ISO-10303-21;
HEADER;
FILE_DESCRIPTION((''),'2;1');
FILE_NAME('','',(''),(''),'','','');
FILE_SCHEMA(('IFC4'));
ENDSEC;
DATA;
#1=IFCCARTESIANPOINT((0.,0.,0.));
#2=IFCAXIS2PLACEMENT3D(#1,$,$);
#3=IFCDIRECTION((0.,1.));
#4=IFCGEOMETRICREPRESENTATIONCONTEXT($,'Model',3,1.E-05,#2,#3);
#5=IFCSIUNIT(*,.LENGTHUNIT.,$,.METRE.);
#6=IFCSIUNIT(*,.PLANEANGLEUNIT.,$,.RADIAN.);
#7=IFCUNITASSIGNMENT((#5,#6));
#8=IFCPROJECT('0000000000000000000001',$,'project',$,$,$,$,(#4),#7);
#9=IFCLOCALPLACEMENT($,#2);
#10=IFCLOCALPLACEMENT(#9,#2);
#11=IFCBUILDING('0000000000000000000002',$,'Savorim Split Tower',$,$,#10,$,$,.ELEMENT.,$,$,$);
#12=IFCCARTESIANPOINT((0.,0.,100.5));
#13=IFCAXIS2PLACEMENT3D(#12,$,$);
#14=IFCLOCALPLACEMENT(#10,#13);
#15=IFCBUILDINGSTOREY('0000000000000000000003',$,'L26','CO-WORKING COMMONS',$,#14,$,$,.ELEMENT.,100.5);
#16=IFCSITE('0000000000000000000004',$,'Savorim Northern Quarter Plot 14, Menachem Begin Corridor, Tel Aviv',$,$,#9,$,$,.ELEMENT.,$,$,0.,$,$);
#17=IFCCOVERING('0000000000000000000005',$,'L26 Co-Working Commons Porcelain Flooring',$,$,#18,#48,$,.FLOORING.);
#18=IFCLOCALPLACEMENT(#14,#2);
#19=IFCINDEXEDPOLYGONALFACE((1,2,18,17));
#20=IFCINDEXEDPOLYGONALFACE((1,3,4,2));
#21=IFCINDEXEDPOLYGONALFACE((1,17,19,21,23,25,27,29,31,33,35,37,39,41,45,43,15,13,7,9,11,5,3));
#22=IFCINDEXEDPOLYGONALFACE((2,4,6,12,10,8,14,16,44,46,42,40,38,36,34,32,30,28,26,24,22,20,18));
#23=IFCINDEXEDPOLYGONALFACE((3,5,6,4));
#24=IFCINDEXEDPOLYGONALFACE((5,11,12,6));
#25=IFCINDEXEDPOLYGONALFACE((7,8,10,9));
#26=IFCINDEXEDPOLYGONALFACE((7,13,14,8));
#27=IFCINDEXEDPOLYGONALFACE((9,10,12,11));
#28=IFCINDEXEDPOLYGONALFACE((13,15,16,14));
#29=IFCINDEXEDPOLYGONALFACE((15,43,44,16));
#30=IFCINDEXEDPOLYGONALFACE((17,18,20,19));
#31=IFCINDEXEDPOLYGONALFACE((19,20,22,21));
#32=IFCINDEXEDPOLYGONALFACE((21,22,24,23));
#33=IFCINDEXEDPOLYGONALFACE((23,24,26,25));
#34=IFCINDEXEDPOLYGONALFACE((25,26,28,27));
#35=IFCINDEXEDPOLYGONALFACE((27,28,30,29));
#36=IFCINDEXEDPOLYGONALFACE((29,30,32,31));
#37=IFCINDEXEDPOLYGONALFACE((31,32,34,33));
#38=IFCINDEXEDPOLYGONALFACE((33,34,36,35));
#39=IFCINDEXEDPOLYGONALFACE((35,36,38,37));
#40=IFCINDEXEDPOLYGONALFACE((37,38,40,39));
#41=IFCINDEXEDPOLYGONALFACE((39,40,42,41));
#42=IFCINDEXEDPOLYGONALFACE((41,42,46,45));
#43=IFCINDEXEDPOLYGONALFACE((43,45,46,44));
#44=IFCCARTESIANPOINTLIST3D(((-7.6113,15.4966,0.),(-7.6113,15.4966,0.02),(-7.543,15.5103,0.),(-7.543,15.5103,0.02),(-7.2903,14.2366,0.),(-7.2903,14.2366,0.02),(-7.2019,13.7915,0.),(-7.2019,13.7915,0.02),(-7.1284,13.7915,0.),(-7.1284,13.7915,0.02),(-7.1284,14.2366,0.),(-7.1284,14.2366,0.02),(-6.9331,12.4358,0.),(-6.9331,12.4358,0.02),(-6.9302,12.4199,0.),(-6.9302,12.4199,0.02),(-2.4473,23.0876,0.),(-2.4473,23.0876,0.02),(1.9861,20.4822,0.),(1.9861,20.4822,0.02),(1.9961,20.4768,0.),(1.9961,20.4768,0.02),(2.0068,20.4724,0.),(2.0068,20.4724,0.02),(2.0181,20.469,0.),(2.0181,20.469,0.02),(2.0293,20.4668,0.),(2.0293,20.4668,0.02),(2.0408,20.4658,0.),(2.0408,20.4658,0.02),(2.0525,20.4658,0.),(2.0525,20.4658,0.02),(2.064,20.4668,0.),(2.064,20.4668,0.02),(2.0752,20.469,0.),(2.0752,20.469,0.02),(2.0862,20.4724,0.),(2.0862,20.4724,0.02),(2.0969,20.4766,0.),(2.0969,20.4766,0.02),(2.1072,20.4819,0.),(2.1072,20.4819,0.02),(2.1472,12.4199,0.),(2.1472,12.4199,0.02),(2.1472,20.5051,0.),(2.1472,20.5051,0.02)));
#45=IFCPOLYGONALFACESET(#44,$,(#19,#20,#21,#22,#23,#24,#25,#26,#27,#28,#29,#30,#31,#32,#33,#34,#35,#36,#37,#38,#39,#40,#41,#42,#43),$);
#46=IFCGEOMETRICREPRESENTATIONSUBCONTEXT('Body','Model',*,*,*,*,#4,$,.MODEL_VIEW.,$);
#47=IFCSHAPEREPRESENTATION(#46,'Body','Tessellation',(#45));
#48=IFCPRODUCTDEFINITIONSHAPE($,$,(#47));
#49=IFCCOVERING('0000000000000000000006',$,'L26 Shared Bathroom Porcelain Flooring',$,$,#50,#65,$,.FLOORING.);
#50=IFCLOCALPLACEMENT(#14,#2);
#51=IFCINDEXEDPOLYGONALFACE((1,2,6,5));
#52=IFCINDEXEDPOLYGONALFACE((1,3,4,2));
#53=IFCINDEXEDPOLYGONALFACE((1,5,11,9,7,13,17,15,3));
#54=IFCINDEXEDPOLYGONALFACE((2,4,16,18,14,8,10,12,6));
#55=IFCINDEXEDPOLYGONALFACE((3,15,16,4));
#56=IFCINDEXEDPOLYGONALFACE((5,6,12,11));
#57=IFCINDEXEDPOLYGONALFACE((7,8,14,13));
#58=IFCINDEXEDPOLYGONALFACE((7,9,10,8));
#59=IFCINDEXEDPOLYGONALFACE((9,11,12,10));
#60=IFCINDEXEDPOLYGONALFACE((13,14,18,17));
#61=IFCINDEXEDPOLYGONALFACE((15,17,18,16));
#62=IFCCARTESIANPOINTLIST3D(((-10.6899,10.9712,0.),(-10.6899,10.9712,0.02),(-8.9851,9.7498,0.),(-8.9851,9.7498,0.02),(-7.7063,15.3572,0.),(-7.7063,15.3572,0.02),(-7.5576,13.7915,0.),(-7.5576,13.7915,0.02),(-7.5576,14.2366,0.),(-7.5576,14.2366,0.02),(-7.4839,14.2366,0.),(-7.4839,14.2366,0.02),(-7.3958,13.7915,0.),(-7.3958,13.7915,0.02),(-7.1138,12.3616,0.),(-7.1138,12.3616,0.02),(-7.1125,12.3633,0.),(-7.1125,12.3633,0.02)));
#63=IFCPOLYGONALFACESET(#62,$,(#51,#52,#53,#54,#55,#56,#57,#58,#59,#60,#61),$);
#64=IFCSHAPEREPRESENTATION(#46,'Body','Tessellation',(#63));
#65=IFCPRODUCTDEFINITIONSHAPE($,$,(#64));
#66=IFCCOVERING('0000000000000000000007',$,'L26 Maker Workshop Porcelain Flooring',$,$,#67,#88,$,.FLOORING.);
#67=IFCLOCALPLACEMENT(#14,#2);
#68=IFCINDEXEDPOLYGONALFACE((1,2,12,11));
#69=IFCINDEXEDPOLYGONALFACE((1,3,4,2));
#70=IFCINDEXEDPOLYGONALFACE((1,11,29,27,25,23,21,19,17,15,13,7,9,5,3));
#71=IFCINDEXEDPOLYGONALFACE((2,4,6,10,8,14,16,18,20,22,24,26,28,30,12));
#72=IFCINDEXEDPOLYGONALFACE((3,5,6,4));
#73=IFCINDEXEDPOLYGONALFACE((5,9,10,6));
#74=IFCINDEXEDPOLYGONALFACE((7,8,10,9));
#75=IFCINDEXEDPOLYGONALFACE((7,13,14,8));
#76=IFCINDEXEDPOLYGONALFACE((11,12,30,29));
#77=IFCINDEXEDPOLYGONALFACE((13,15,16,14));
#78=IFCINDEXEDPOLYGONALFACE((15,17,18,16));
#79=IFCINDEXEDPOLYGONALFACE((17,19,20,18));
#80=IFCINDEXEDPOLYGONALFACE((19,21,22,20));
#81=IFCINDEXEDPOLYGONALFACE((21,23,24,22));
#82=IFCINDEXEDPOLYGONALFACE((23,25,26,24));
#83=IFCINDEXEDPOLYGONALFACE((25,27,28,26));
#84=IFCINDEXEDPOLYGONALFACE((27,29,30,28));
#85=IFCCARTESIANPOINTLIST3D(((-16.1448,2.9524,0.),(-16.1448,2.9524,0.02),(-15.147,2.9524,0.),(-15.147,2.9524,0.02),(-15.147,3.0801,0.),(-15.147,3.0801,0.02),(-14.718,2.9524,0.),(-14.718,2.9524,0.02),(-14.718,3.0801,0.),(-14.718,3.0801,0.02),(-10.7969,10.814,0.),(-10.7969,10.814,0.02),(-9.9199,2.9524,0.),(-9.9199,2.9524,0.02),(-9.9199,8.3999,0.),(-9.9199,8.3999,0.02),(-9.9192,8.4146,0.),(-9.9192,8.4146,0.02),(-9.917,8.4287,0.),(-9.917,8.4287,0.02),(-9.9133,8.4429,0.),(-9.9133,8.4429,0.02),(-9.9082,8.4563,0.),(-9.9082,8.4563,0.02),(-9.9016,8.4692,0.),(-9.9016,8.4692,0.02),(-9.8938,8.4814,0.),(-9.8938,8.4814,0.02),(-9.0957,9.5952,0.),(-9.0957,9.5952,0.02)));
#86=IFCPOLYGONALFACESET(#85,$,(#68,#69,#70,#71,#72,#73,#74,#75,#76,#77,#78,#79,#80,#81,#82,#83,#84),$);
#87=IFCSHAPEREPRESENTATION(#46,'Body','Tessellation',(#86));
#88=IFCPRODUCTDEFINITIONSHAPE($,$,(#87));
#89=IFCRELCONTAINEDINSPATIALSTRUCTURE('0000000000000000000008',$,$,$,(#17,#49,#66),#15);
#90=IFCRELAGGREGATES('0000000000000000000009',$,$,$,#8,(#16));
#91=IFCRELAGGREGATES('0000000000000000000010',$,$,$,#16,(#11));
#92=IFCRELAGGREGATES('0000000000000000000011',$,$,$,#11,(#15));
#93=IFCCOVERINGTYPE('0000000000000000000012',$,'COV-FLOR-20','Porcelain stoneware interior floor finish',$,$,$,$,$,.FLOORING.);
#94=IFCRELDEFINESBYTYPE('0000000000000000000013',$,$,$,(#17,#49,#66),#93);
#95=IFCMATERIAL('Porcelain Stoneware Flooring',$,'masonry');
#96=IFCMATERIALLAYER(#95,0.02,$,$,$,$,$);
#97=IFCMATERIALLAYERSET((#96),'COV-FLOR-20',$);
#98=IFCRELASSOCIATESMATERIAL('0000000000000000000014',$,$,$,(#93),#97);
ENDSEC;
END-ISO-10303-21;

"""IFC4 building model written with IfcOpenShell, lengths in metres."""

from ifc_helpers import new_model, si_unit, direction, frame, origin, place, context, subcontext, project, spatial, polyline, outline, extrude, material, layer, layer_set, type_object, element, save


model = new_model("IFC4")

# Units and contexts
model_context = context("Model", 3, precision=1e-05, world=origin(), true_north=direction((0.0, 1.0)))
body_context = subcontext(model_context, "Body", "Model", "MODEL_VIEW")
ifc_project = project(units=[si_unit("LENGTHUNIT", "METRE"), si_unit("PLANEANGLEUNIT", "RADIAN")], contexts=[model_context])

# Site, building, storey
site_placement = place(None, origin())
site = spatial("IfcSite", under=ifc_project, at=site_placement, Name="Savorim Northern Quarter Plot 14, Menachem Begin Corridor, Tel Aviv", CompositionType="ELEMENT", RefElevation=0.0)
building_placement = place(site_placement, origin())
building = spatial("IfcBuilding", under=site, at=building_placement, Name="Savorim Split Tower", CompositionType="ELEMENT")
storey_placement = place(building_placement, frame((0.0, 0.0, 100.5)))
storey = spatial("IfcBuildingStorey", under=building, at=storey_placement, Name="L26", Description="CO-WORKING COMMONS", CompositionType="ELEMENT", Elevation=100.5)

# Coverings
ifc_material_1 = material(Name="Porcelain Stoneware Flooring", Category="masonry")
ifc_layer_1 = layer(ifc_material_1, 0.02)
ifc_layer_set_1 = layer_set([ifc_layer_1], Name="COV-FLOR-20")
covering_type_1 = type_object("IfcCoveringType", Name="COV-FLOR-20", Description="Porcelain stoneware interior floor finish", PredefinedType="FLOORING", material=ifc_layer_set_1)
covering_1_placement = place(storey_placement, origin())
element("IfcCovering", 1, at=covering_1_placement, inside=storey, type_object=covering_type_1, Name="L26 Co-Working Commons Porcelain Flooring", PredefinedType="FLOORING", context=body_context, shape_type="SweptSolid", body=[
    extrude(outline(polyline([(2.0068, 20.4724), (1.9961, 20.4768), (1.9861, 20.4822), (-2.4473, 23.0876), (-7.6113, 15.4966), (-7.543, 15.5103), (-7.2903, 14.2366), (-7.1284, 14.2366), (-7.1284, 13.7915), (-7.2019, 13.7915), (-6.9331, 12.4358), (-6.9302, 12.4199), (2.1472, 12.4199), (2.1472, 20.5051), (2.1072, 20.4819), (2.0969, 20.4766), (2.0862, 20.4724), (2.0752, 20.469), (2.064, 20.4668), (2.0525, 20.4658), (2.0408, 20.4658), (2.0293, 20.4668), (2.0181, 20.469), (2.0068, 20.4724)])), origin(), (0.0, 0.0, 1.0), 0.02),
])
covering_2_placement = place(storey_placement, origin())
element("IfcCovering", 2, at=covering_2_placement, inside=storey, type_object=covering_type_1, Name="L26 Shared Bathroom Porcelain Flooring", PredefinedType="FLOORING", context=body_context, shape_type="SweptSolid", body=[
    extrude(outline(polyline([(-8.9851, 9.7498), (-7.1138, 12.3616), (-7.1125, 12.3633), (-7.3958, 13.7915), (-7.5576, 13.7915), (-7.5576, 14.2366), (-7.4839, 14.2366), (-7.7063, 15.3572), (-10.6899, 10.9712), (-8.9851, 9.7498)])), origin(), (0.0, 0.0, 1.0), 0.02),
])
covering_3_placement = place(storey_placement, origin())
element("IfcCovering", 3, at=covering_3_placement, inside=storey, type_object=covering_type_1, Name="L26 Maker Workshop Porcelain Flooring", PredefinedType="FLOORING", context=body_context, shape_type="SweptSolid", body=[
    extrude(outline(polyline([(-9.9082, 8.4563), (-9.9016, 8.4692), (-9.8938, 8.4814), (-9.0957, 9.5952), (-10.7969, 10.814), (-16.1448, 2.9524), (-15.147, 2.9524), (-15.147, 3.0801), (-14.718, 3.0801), (-14.718, 2.9524), (-9.9199, 2.9524), (-9.9199, 8.3999), (-9.9192, 8.4146), (-9.917, 8.4287), (-9.9133, 8.4429), (-9.9082, 8.4563)])), origin(), (0.0, 0.0, 1.0), 0.02),
])

save(model, "model.ifc")
